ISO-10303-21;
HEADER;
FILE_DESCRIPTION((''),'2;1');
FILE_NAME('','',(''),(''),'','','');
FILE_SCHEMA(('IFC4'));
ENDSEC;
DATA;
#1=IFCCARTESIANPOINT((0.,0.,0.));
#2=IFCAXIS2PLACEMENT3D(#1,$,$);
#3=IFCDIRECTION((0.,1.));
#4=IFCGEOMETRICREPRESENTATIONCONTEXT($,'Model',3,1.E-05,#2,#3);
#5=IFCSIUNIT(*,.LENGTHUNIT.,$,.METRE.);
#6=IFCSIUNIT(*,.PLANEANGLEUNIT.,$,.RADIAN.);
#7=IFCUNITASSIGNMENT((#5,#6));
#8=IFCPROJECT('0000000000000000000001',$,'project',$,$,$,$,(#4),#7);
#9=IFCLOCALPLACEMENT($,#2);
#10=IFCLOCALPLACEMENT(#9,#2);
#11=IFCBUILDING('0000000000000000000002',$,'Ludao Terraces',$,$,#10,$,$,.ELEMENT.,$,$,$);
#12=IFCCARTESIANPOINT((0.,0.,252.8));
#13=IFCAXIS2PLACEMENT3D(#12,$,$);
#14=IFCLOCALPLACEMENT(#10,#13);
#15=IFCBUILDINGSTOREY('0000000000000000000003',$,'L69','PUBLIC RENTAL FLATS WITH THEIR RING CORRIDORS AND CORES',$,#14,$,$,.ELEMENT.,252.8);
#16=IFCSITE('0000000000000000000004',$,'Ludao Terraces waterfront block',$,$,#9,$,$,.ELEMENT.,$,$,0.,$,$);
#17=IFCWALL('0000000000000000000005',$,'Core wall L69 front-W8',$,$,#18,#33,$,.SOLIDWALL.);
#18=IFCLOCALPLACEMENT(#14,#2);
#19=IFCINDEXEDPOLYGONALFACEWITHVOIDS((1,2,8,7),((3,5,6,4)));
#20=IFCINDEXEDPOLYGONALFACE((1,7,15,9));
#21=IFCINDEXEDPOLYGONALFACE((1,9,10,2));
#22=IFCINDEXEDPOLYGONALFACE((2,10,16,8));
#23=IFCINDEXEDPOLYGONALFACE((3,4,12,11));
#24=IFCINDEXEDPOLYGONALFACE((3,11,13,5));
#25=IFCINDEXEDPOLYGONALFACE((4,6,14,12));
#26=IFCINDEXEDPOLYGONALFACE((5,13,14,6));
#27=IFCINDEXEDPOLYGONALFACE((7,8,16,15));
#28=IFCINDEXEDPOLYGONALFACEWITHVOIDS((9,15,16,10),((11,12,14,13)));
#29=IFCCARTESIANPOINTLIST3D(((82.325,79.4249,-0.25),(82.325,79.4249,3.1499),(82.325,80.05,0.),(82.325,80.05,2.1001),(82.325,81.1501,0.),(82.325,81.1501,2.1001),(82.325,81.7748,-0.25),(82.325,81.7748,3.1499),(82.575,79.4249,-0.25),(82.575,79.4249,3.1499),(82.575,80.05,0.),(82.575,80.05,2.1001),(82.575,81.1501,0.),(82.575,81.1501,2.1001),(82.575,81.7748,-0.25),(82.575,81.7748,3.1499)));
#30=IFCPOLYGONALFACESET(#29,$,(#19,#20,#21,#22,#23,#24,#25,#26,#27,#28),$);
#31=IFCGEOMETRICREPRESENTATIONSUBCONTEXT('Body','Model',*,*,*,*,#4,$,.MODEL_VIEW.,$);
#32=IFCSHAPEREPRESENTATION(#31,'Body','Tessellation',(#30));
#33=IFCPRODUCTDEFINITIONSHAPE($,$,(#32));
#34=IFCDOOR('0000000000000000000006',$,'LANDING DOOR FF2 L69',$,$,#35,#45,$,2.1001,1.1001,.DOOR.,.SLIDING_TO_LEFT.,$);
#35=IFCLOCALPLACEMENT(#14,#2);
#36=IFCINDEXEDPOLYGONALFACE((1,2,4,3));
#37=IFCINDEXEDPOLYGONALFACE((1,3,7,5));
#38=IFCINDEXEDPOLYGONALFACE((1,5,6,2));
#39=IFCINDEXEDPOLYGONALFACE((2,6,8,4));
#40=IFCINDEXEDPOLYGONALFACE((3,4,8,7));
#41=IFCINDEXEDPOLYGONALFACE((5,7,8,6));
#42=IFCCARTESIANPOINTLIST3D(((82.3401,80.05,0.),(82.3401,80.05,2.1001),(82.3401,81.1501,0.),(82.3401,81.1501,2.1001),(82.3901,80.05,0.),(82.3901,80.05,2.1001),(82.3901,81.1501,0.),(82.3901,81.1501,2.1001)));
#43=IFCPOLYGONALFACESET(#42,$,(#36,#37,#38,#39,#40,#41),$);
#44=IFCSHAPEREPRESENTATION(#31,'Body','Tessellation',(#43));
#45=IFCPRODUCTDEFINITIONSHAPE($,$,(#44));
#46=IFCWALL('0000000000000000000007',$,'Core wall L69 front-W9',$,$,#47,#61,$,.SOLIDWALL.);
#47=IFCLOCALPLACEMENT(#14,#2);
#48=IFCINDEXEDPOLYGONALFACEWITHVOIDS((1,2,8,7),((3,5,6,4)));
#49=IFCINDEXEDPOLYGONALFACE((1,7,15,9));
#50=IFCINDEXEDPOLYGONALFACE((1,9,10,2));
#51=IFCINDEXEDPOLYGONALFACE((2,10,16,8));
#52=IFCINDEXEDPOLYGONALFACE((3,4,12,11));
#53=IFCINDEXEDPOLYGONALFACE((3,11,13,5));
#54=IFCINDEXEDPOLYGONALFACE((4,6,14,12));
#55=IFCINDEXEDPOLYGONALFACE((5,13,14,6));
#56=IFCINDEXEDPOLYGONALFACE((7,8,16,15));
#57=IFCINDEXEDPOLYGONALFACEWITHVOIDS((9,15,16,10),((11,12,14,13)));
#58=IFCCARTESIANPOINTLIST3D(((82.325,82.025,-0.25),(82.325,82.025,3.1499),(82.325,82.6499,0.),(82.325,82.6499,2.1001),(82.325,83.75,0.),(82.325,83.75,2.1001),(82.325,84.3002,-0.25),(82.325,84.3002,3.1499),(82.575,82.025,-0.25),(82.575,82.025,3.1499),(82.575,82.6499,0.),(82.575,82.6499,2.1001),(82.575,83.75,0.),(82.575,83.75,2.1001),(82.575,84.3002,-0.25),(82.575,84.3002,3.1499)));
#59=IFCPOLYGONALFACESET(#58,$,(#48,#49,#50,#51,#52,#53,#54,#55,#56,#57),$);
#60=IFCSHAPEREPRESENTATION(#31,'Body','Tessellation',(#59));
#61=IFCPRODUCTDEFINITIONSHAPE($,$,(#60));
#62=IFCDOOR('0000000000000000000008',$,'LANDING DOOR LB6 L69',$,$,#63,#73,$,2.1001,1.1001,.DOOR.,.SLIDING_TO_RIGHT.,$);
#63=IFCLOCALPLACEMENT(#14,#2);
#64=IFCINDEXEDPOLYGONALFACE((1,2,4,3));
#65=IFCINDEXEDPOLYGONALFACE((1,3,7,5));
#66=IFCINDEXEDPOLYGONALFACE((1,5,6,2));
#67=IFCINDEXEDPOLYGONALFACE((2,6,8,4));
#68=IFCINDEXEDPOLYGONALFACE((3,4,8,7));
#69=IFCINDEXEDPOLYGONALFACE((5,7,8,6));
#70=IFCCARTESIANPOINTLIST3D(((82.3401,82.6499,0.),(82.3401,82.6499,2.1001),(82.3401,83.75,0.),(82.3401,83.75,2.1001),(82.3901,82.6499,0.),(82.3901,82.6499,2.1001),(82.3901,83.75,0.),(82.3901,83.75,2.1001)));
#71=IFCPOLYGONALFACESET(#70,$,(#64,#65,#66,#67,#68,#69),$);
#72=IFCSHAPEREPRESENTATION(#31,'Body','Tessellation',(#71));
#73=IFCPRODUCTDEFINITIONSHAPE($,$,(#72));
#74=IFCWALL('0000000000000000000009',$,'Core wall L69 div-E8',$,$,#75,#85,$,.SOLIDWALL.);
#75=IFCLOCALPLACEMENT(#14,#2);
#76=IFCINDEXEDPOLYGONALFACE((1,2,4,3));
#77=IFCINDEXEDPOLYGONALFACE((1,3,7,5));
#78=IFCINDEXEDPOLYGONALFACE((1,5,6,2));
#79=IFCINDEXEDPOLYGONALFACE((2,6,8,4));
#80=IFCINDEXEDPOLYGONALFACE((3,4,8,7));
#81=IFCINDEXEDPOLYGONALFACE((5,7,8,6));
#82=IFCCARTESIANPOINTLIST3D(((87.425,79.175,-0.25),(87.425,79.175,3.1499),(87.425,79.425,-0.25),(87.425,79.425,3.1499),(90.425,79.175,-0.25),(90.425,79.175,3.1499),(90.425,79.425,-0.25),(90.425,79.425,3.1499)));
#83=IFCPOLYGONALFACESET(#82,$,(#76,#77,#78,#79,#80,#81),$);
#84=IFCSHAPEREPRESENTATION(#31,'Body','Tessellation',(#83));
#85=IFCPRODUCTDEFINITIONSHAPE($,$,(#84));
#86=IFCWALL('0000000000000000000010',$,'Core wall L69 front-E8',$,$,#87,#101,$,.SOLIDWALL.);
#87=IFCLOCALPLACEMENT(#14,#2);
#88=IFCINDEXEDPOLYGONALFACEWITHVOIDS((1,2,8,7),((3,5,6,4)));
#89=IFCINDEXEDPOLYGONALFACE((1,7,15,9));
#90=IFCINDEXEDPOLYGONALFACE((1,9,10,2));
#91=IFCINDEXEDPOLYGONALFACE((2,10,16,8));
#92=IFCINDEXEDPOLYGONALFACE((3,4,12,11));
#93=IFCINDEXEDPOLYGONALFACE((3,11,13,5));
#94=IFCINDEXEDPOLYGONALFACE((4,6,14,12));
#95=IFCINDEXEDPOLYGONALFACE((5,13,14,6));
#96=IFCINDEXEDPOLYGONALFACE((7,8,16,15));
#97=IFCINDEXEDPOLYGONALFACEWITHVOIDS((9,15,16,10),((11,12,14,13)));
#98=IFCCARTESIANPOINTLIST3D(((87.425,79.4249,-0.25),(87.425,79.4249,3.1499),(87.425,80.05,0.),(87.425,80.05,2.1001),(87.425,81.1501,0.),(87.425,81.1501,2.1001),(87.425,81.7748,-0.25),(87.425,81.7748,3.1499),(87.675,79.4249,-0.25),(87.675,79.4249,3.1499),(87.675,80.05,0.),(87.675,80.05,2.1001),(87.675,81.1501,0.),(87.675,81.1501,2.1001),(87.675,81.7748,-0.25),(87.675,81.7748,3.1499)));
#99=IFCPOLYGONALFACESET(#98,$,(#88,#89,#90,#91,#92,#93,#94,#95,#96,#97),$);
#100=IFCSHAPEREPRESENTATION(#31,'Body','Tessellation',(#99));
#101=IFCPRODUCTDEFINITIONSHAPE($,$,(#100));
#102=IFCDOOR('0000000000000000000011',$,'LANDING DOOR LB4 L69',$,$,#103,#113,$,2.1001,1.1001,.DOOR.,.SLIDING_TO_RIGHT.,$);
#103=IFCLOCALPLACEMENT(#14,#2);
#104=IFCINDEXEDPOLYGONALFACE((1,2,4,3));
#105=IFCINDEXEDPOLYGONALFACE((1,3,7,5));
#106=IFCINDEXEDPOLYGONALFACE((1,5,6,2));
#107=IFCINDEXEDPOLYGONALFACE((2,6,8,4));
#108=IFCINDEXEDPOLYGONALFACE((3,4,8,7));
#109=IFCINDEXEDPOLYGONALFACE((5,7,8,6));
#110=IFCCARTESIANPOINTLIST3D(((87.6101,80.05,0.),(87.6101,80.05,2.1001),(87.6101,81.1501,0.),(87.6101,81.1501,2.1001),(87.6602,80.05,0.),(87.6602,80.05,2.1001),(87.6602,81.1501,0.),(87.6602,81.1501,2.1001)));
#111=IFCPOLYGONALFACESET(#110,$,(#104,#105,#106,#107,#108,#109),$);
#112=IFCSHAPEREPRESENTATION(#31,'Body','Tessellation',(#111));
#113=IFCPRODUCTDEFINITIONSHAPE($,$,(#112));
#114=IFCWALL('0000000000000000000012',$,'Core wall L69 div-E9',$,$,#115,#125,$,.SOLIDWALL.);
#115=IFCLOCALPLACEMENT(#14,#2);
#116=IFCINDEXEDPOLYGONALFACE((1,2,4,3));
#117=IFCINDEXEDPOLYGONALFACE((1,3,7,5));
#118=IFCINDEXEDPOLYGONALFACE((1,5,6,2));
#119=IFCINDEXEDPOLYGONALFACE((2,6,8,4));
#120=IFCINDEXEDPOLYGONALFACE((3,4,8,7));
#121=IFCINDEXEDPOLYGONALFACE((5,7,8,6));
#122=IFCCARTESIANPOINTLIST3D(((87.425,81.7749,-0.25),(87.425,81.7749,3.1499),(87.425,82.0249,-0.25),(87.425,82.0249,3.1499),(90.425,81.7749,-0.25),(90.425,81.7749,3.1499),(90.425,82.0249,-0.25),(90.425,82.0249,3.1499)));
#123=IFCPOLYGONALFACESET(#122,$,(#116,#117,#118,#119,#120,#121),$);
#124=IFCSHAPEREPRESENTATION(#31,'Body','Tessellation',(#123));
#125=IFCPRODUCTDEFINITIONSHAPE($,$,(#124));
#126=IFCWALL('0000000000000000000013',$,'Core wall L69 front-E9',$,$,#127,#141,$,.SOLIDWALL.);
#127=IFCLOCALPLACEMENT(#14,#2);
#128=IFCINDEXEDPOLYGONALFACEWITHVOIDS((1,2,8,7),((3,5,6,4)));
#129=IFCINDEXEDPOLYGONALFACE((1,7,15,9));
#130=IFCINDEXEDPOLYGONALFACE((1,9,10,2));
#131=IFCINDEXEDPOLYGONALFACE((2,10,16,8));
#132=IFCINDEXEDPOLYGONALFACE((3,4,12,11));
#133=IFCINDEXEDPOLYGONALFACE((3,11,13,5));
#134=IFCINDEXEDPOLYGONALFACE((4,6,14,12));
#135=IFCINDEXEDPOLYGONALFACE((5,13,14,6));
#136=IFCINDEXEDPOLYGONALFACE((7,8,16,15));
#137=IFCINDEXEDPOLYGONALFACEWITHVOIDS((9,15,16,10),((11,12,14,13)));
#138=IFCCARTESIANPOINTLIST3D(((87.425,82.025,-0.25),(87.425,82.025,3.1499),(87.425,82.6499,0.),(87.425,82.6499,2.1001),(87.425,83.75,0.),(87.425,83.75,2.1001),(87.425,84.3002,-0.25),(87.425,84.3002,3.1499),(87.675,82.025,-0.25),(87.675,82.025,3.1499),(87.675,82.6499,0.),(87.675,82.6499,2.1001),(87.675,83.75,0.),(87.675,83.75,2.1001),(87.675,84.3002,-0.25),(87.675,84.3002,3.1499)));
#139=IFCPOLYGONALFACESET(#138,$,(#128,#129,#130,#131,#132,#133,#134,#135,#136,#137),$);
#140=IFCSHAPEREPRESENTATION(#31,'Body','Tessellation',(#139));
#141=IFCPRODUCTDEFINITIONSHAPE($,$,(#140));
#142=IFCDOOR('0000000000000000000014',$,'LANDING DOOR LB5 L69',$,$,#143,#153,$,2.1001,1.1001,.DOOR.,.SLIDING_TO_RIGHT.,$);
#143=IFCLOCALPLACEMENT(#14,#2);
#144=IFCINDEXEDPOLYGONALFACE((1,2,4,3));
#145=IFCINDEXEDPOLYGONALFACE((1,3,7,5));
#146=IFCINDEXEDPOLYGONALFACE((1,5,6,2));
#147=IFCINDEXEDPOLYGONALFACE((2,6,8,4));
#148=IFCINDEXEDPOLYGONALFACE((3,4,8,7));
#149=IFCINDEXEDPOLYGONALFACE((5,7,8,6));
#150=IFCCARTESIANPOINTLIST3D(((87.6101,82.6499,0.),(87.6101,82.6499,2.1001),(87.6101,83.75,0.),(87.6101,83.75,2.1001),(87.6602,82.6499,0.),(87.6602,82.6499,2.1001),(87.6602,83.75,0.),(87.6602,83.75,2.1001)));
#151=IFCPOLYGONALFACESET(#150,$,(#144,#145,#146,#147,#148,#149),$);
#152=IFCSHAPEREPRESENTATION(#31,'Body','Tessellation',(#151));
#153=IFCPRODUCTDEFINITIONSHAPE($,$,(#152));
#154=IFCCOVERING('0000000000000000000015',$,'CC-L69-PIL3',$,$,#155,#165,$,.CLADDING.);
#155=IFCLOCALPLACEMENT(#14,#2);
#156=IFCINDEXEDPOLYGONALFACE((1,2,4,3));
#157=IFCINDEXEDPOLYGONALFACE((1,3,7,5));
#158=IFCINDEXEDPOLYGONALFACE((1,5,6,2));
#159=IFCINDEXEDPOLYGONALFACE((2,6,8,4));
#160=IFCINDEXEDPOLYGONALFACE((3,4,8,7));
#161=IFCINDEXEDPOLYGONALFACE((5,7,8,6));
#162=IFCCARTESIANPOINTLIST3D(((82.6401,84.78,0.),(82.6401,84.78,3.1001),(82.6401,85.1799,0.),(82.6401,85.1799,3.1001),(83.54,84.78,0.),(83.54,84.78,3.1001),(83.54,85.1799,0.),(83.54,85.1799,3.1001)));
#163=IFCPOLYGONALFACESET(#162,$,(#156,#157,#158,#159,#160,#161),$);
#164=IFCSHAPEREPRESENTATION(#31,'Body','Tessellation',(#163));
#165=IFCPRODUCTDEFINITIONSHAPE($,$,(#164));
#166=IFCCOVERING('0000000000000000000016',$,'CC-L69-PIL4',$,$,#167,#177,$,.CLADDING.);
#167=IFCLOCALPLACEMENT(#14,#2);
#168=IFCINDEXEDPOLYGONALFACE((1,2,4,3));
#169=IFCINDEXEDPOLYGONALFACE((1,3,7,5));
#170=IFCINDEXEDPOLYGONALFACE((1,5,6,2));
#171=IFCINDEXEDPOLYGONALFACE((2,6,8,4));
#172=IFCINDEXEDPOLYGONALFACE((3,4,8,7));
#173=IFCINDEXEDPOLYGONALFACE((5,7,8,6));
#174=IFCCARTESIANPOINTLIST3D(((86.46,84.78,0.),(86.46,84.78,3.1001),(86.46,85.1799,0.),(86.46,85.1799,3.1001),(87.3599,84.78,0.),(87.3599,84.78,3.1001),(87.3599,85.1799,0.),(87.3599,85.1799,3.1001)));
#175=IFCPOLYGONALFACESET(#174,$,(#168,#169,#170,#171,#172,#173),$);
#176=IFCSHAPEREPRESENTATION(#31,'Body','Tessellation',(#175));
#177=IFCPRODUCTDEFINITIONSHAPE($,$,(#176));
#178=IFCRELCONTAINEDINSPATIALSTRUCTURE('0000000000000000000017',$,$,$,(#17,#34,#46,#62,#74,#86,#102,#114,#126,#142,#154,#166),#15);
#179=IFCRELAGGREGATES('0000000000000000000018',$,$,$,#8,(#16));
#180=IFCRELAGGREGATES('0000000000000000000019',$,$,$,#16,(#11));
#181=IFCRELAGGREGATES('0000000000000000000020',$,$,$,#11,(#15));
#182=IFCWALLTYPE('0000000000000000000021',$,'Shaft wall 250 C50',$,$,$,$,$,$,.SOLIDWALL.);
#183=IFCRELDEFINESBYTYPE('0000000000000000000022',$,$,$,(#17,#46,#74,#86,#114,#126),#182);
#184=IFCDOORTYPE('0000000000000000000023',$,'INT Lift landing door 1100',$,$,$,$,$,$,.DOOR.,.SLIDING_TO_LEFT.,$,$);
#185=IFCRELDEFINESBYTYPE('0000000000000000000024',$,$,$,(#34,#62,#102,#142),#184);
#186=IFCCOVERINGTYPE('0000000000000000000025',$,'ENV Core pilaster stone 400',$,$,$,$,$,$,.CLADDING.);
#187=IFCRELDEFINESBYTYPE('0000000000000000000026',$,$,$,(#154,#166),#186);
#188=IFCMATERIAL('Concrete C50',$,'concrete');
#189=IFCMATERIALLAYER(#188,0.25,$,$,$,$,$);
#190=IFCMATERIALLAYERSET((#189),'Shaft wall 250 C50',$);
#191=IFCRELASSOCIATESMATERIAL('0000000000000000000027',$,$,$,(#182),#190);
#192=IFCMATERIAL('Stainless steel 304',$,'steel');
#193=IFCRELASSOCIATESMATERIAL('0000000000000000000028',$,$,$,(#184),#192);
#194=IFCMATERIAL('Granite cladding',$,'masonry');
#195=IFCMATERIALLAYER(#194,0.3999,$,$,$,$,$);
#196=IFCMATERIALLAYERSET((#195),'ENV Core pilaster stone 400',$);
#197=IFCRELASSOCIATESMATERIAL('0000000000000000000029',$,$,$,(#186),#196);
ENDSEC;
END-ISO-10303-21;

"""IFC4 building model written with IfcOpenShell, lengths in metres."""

from ifc_helpers import new_model, si_unit, direction, frame, frame_2d, origin, origin_2d, place, context, subcontext, project, spatial, rectangle, extrude, material, layer, layer_set, type_object, element, fill, save


model = new_model("IFC4")

# Units and contexts
model_context = context("Model", 3, precision=1e-05, world=origin(), true_north=direction((0.0, 1.0)))
body_context = subcontext(model_context, "Body", "Model", "MODEL_VIEW")
ifc_project = project(units=[si_unit("LENGTHUNIT", "METRE"), si_unit("PLANEANGLEUNIT", "RADIAN")], contexts=[model_context])

# Site, building, storey
site_placement = place(None, origin())
site = spatial("IfcSite", under=ifc_project, at=site_placement, Name="Ludao Terraces waterfront block", CompositionType="ELEMENT", RefElevation=0.0)
building_placement = place(site_placement, origin())
building = spatial("IfcBuilding", under=site, at=building_placement, Name="Ludao Terraces", CompositionType="ELEMENT")
storey_placement = place(building_placement, frame((0.0, 0.0, 252.8)))
storey = spatial("IfcBuildingStorey", under=building, at=storey_placement, Name="L69", Description="PUBLIC RENTAL FLATS WITH THEIR RING CORRIDORS AND CORES", CompositionType="ELEMENT", Elevation=252.8)

# Walls, openings, doors
ifc_material_1 = material(Name="Concrete C50", Category="concrete")
ifc_layer_1 = layer(ifc_material_1, 0.25)
ifc_layer_set_1 = layer_set([ifc_layer_1], Name="Shaft wall 250 C50")
wall_type = type_object("IfcWallType", Name="Shaft wall 250 C50", PredefinedType="SOLIDWALL", material=ifc_layer_set_1)
wall_1_placement = place(storey_placement, frame((82.45, 79.425, -0.25), z_axis=(0.0, 0.0, 1.0), x_axis=(0.0, 1.0, 0.0)))
wall_1 = element("IfcWall", 1, at=wall_1_placement, inside=storey, type_object=wall_type, Name="Core wall L69 front-W8", PredefinedType="SOLIDWALL", context=body_context, shape_type="SweptSolid", body=[
    extrude(rectangle(XDim=2.3499, YDim=0.25, at=frame_2d((1.1748, 0.0))), origin(), (0.0, 0.0, 1.0), 3.3999),
])
opening_1_placement = place(wall_1_placement, frame((0.625, 0.0, 0.25)))
opening_1 = element("IfcOpeningElement", 2, at=opening_1_placement, cuts=wall_1, PredefinedType="OPENING", context=body_context, shape_type="SweptSolid", body=[
    extrude(rectangle(XDim=1.1001, YDim=2.1001, at=frame_2d((0.55, 1.05))), frame((0.0, 0.135, 0.0), z_axis=(0.0, -1.0, 0.0), x_axis=(1.0, 0.0, 0.0)), (0.0, 0.0, 1.0), 0.27),
])
ifc_material_2 = material(Name="Stainless steel 304", Category="steel")
door_type = type_object("IfcDoorType", Name="INT Lift landing door 1100", OperationType="SLIDING_TO_LEFT", PredefinedType="DOOR", material=ifc_material_2)
door_1_placement = place(opening_1_placement, origin())
door_1 = element("IfcDoor", 3, at=door_1_placement, inside=storey, type_object=door_type, Name="LANDING DOOR FF2 L69", OperationType="SLIDING_TO_LEFT", OverallHeight=2.1001, OverallWidth=1.1001, PredefinedType="DOOR", context=body_context, shape_type="SweptSolid", body=[
    extrude(rectangle(XDim=1.1001, YDim=2.1001, at=frame_2d((0.55, 1.05))), frame((0.0, 0.1099, 0.0), z_axis=(0.0, -1.0, 0.0), x_axis=(1.0, 0.0, 0.0)), (0.0, 0.0, 1.0), 0.05),
])
fill(opening_1, door_1)
wall_2_placement = place(storey_placement, frame((82.45, 82.0249, -0.25), z_axis=(0.0, 0.0, 1.0), x_axis=(0.0, 1.0, 0.0)))
wall_2 = element("IfcWall", 4, at=wall_2_placement, inside=storey, type_object=wall_type, Name="Core wall L69 front-W9", PredefinedType="SOLIDWALL", context=body_context, shape_type="SweptSolid", body=[
    extrude(rectangle(XDim=2.2751, YDim=0.25, at=frame_2d((1.1377, 0.0))), origin(), (0.0, 0.0, 1.0), 3.3999),
])
opening_2_placement = place(wall_2_placement, frame((0.625, 0.0, 0.25)))
opening_2 = element("IfcOpeningElement", 5, at=opening_2_placement, cuts=wall_2, PredefinedType="OPENING", context=body_context, shape_type="SweptSolid", body=[
    extrude(rectangle(XDim=1.1001, YDim=2.1001, at=frame_2d((0.55, 1.05))), frame((0.0, 0.135, 0.0), z_axis=(0.0, -1.0, 0.0), x_axis=(1.0, 0.0, 0.0)), (0.0, 0.0, 1.0), 0.27),
])
door_2_placement = place(opening_2_placement, origin())
door_2 = element("IfcDoor", 6, at=door_2_placement, inside=storey, type_object=door_type, Name="LANDING DOOR LB6 L69", OperationType="SLIDING_TO_RIGHT", OverallHeight=2.1001, OverallWidth=1.1001, PredefinedType="DOOR", context=body_context, shape_type="SweptSolid", body=[
    extrude(rectangle(XDim=1.1001, YDim=2.1001, at=frame_2d((0.55, 1.05))), frame((0.0, 0.1099, 0.0), z_axis=(0.0, -1.0, 0.0), x_axis=(1.0, 0.0, 0.0)), (0.0, 0.0, 1.0), 0.05),
])
fill(opening_2, door_2)

# Wall
wall_3_placement = place(storey_placement, frame((87.425, 79.3, -0.25), z_axis=(0.0, 0.0, 1.0), x_axis=(1.0, 0.0, 0.0)))
element("IfcWall", 7, at=wall_3_placement, inside=storey, type_object=wall_type, Name="Core wall L69 div-E8", PredefinedType="SOLIDWALL", context=body_context, shape_type="SweptSolid", body=[
    extrude(rectangle(XDim=3.0, YDim=0.25, at=frame_2d((1.5, 0.0))), origin(), (0.0, 0.0, 1.0), 3.3999),
])

# Wall, opening, door
wall_4_placement = place(storey_placement, frame((87.55, 79.425, -0.25), z_axis=(0.0, 0.0, 1.0), x_axis=(0.0, 1.0, 0.0)))
wall_4 = element("IfcWall", 8, at=wall_4_placement, inside=storey, type_object=wall_type, Name="Core wall L69 front-E8", PredefinedType="SOLIDWALL", context=body_context, shape_type="SweptSolid", body=[
    extrude(rectangle(XDim=2.3499, YDim=0.25, at=frame_2d((1.1748, 0.0))), origin(), (0.0, 0.0, 1.0), 3.3999),
])
opening_3_placement = place(wall_4_placement, frame((0.625, 0.0, 0.25)))
opening_3 = element("IfcOpeningElement", 9, at=opening_3_placement, cuts=wall_4, PredefinedType="OPENING", context=body_context, shape_type="SweptSolid", body=[
    extrude(rectangle(XDim=1.1001, YDim=2.1001, at=frame_2d((0.55, 1.05))), frame((0.0, 0.135, 0.0), z_axis=(0.0, -1.0, 0.0), x_axis=(1.0, 0.0, 0.0)), (0.0, 0.0, 1.0), 0.27),
])
door_3_placement = place(opening_3_placement, origin())
door_3 = element("IfcDoor", 10, at=door_3_placement, inside=storey, type_object=door_type, Name="LANDING DOOR LB4 L69", OperationType="SLIDING_TO_RIGHT", OverallHeight=2.1001, OverallWidth=1.1001, PredefinedType="DOOR", context=body_context, shape_type="SweptSolid", body=[
    extrude(rectangle(XDim=1.1001, YDim=2.1001, at=frame_2d((0.55, 1.05))), frame((0.0, -0.0601, 0.0), z_axis=(0.0, -1.0, 0.0), x_axis=(1.0, 0.0, 0.0)), (0.0, 0.0, 1.0), 0.05),
])
fill(opening_3, door_3)

# Wall
wall_5_placement = place(storey_placement, frame((87.425, 81.8999, -0.25), z_axis=(0.0, 0.0, 1.0), x_axis=(1.0, 0.0, 0.0)))
element("IfcWall", 11, at=wall_5_placement, inside=storey, type_object=wall_type, Name="Core wall L69 div-E9", PredefinedType="SOLIDWALL", context=body_context, shape_type="SweptSolid", body=[
    extrude(rectangle(XDim=3.0, YDim=0.25, at=frame_2d((1.5, 0.0))), origin(), (0.0, 0.0, 1.0), 3.3999),
])

# Wall, opening, door
wall_6_placement = place(storey_placement, frame((87.55, 82.0249, -0.25), z_axis=(0.0, 0.0, 1.0), x_axis=(0.0, 1.0, 0.0)))
wall_6 = element("IfcWall", 12, at=wall_6_placement, inside=storey, type_object=wall_type, Name="Core wall L69 front-E9", PredefinedType="SOLIDWALL", context=body_context, shape_type="SweptSolid", body=[
    extrude(rectangle(XDim=2.2751, YDim=0.25, at=frame_2d((1.1377, 0.0))), origin(), (0.0, 0.0, 1.0), 3.3999),
])
opening_4_placement = place(wall_6_placement, frame((0.625, 0.0, 0.25)))
opening_4 = element("IfcOpeningElement", 13, at=opening_4_placement, cuts=wall_6, PredefinedType="OPENING", context=body_context, shape_type="SweptSolid", body=[
    extrude(rectangle(XDim=1.1001, YDim=2.1001, at=frame_2d((0.55, 1.05))), frame((0.0, 0.135, 0.0), z_axis=(0.0, -1.0, 0.0), x_axis=(1.0, 0.0, 0.0)), (0.0, 0.0, 1.0), 0.27),
])
door_4_placement = place(opening_4_placement, origin())
door_4 = element("IfcDoor", 14, at=door_4_placement, inside=storey, type_object=door_type, Name="LANDING DOOR LB5 L69", OperationType="SLIDING_TO_RIGHT", OverallHeight=2.1001, OverallWidth=1.1001, PredefinedType="DOOR", context=body_context, shape_type="SweptSolid", body=[
    extrude(rectangle(XDim=1.1001, YDim=2.1001, at=frame_2d((0.55, 1.05))), frame((0.0, -0.0601, 0.0), z_axis=(0.0, -1.0, 0.0), x_axis=(1.0, 0.0, 0.0)), (0.0, 0.0, 1.0), 0.05),
])
fill(opening_4, door_4)

# Coverings
ifc_material_3 = material(Name="Granite cladding", Category="masonry")
ifc_layer_2 = layer(ifc_material_3, 0.3999)
ifc_layer_set_2 = layer_set([ifc_layer_2], Name="ENV Core pilaster stone 400")
covering_type_1 = type_object("IfcCoveringType", Name="ENV Core pilaster stone 400", PredefinedType="CLADDING", material=ifc_layer_set_2)
for number, where, z_axis, x_axis, name in (
    (15, (83.0901, 84.98, 0.0), (0.0, 0.0, 1.0), (1.0, 0.0, 0.0), "CC-L69-PIL3"),
    (16, (86.9099, 84.98, 0.0), (0.0, 0.0, 1.0), (1.0, 0.0, 0.0), "CC-L69-PIL4"),
):
    element("IfcCovering", number, at=place(storey_placement, frame(where, z_axis=z_axis, x_axis=x_axis)), inside=storey, type_object=covering_type_1, Name=name, PredefinedType="CLADDING", context=body_context, shape_type="SweptSolid", body=[
        extrude(rectangle(XDim=0.8999, YDim=0.3999, at=origin_2d()), origin(), (0.0, 0.0, 1.0), 3.1001),
    ])

save(model, "model.ifc")
